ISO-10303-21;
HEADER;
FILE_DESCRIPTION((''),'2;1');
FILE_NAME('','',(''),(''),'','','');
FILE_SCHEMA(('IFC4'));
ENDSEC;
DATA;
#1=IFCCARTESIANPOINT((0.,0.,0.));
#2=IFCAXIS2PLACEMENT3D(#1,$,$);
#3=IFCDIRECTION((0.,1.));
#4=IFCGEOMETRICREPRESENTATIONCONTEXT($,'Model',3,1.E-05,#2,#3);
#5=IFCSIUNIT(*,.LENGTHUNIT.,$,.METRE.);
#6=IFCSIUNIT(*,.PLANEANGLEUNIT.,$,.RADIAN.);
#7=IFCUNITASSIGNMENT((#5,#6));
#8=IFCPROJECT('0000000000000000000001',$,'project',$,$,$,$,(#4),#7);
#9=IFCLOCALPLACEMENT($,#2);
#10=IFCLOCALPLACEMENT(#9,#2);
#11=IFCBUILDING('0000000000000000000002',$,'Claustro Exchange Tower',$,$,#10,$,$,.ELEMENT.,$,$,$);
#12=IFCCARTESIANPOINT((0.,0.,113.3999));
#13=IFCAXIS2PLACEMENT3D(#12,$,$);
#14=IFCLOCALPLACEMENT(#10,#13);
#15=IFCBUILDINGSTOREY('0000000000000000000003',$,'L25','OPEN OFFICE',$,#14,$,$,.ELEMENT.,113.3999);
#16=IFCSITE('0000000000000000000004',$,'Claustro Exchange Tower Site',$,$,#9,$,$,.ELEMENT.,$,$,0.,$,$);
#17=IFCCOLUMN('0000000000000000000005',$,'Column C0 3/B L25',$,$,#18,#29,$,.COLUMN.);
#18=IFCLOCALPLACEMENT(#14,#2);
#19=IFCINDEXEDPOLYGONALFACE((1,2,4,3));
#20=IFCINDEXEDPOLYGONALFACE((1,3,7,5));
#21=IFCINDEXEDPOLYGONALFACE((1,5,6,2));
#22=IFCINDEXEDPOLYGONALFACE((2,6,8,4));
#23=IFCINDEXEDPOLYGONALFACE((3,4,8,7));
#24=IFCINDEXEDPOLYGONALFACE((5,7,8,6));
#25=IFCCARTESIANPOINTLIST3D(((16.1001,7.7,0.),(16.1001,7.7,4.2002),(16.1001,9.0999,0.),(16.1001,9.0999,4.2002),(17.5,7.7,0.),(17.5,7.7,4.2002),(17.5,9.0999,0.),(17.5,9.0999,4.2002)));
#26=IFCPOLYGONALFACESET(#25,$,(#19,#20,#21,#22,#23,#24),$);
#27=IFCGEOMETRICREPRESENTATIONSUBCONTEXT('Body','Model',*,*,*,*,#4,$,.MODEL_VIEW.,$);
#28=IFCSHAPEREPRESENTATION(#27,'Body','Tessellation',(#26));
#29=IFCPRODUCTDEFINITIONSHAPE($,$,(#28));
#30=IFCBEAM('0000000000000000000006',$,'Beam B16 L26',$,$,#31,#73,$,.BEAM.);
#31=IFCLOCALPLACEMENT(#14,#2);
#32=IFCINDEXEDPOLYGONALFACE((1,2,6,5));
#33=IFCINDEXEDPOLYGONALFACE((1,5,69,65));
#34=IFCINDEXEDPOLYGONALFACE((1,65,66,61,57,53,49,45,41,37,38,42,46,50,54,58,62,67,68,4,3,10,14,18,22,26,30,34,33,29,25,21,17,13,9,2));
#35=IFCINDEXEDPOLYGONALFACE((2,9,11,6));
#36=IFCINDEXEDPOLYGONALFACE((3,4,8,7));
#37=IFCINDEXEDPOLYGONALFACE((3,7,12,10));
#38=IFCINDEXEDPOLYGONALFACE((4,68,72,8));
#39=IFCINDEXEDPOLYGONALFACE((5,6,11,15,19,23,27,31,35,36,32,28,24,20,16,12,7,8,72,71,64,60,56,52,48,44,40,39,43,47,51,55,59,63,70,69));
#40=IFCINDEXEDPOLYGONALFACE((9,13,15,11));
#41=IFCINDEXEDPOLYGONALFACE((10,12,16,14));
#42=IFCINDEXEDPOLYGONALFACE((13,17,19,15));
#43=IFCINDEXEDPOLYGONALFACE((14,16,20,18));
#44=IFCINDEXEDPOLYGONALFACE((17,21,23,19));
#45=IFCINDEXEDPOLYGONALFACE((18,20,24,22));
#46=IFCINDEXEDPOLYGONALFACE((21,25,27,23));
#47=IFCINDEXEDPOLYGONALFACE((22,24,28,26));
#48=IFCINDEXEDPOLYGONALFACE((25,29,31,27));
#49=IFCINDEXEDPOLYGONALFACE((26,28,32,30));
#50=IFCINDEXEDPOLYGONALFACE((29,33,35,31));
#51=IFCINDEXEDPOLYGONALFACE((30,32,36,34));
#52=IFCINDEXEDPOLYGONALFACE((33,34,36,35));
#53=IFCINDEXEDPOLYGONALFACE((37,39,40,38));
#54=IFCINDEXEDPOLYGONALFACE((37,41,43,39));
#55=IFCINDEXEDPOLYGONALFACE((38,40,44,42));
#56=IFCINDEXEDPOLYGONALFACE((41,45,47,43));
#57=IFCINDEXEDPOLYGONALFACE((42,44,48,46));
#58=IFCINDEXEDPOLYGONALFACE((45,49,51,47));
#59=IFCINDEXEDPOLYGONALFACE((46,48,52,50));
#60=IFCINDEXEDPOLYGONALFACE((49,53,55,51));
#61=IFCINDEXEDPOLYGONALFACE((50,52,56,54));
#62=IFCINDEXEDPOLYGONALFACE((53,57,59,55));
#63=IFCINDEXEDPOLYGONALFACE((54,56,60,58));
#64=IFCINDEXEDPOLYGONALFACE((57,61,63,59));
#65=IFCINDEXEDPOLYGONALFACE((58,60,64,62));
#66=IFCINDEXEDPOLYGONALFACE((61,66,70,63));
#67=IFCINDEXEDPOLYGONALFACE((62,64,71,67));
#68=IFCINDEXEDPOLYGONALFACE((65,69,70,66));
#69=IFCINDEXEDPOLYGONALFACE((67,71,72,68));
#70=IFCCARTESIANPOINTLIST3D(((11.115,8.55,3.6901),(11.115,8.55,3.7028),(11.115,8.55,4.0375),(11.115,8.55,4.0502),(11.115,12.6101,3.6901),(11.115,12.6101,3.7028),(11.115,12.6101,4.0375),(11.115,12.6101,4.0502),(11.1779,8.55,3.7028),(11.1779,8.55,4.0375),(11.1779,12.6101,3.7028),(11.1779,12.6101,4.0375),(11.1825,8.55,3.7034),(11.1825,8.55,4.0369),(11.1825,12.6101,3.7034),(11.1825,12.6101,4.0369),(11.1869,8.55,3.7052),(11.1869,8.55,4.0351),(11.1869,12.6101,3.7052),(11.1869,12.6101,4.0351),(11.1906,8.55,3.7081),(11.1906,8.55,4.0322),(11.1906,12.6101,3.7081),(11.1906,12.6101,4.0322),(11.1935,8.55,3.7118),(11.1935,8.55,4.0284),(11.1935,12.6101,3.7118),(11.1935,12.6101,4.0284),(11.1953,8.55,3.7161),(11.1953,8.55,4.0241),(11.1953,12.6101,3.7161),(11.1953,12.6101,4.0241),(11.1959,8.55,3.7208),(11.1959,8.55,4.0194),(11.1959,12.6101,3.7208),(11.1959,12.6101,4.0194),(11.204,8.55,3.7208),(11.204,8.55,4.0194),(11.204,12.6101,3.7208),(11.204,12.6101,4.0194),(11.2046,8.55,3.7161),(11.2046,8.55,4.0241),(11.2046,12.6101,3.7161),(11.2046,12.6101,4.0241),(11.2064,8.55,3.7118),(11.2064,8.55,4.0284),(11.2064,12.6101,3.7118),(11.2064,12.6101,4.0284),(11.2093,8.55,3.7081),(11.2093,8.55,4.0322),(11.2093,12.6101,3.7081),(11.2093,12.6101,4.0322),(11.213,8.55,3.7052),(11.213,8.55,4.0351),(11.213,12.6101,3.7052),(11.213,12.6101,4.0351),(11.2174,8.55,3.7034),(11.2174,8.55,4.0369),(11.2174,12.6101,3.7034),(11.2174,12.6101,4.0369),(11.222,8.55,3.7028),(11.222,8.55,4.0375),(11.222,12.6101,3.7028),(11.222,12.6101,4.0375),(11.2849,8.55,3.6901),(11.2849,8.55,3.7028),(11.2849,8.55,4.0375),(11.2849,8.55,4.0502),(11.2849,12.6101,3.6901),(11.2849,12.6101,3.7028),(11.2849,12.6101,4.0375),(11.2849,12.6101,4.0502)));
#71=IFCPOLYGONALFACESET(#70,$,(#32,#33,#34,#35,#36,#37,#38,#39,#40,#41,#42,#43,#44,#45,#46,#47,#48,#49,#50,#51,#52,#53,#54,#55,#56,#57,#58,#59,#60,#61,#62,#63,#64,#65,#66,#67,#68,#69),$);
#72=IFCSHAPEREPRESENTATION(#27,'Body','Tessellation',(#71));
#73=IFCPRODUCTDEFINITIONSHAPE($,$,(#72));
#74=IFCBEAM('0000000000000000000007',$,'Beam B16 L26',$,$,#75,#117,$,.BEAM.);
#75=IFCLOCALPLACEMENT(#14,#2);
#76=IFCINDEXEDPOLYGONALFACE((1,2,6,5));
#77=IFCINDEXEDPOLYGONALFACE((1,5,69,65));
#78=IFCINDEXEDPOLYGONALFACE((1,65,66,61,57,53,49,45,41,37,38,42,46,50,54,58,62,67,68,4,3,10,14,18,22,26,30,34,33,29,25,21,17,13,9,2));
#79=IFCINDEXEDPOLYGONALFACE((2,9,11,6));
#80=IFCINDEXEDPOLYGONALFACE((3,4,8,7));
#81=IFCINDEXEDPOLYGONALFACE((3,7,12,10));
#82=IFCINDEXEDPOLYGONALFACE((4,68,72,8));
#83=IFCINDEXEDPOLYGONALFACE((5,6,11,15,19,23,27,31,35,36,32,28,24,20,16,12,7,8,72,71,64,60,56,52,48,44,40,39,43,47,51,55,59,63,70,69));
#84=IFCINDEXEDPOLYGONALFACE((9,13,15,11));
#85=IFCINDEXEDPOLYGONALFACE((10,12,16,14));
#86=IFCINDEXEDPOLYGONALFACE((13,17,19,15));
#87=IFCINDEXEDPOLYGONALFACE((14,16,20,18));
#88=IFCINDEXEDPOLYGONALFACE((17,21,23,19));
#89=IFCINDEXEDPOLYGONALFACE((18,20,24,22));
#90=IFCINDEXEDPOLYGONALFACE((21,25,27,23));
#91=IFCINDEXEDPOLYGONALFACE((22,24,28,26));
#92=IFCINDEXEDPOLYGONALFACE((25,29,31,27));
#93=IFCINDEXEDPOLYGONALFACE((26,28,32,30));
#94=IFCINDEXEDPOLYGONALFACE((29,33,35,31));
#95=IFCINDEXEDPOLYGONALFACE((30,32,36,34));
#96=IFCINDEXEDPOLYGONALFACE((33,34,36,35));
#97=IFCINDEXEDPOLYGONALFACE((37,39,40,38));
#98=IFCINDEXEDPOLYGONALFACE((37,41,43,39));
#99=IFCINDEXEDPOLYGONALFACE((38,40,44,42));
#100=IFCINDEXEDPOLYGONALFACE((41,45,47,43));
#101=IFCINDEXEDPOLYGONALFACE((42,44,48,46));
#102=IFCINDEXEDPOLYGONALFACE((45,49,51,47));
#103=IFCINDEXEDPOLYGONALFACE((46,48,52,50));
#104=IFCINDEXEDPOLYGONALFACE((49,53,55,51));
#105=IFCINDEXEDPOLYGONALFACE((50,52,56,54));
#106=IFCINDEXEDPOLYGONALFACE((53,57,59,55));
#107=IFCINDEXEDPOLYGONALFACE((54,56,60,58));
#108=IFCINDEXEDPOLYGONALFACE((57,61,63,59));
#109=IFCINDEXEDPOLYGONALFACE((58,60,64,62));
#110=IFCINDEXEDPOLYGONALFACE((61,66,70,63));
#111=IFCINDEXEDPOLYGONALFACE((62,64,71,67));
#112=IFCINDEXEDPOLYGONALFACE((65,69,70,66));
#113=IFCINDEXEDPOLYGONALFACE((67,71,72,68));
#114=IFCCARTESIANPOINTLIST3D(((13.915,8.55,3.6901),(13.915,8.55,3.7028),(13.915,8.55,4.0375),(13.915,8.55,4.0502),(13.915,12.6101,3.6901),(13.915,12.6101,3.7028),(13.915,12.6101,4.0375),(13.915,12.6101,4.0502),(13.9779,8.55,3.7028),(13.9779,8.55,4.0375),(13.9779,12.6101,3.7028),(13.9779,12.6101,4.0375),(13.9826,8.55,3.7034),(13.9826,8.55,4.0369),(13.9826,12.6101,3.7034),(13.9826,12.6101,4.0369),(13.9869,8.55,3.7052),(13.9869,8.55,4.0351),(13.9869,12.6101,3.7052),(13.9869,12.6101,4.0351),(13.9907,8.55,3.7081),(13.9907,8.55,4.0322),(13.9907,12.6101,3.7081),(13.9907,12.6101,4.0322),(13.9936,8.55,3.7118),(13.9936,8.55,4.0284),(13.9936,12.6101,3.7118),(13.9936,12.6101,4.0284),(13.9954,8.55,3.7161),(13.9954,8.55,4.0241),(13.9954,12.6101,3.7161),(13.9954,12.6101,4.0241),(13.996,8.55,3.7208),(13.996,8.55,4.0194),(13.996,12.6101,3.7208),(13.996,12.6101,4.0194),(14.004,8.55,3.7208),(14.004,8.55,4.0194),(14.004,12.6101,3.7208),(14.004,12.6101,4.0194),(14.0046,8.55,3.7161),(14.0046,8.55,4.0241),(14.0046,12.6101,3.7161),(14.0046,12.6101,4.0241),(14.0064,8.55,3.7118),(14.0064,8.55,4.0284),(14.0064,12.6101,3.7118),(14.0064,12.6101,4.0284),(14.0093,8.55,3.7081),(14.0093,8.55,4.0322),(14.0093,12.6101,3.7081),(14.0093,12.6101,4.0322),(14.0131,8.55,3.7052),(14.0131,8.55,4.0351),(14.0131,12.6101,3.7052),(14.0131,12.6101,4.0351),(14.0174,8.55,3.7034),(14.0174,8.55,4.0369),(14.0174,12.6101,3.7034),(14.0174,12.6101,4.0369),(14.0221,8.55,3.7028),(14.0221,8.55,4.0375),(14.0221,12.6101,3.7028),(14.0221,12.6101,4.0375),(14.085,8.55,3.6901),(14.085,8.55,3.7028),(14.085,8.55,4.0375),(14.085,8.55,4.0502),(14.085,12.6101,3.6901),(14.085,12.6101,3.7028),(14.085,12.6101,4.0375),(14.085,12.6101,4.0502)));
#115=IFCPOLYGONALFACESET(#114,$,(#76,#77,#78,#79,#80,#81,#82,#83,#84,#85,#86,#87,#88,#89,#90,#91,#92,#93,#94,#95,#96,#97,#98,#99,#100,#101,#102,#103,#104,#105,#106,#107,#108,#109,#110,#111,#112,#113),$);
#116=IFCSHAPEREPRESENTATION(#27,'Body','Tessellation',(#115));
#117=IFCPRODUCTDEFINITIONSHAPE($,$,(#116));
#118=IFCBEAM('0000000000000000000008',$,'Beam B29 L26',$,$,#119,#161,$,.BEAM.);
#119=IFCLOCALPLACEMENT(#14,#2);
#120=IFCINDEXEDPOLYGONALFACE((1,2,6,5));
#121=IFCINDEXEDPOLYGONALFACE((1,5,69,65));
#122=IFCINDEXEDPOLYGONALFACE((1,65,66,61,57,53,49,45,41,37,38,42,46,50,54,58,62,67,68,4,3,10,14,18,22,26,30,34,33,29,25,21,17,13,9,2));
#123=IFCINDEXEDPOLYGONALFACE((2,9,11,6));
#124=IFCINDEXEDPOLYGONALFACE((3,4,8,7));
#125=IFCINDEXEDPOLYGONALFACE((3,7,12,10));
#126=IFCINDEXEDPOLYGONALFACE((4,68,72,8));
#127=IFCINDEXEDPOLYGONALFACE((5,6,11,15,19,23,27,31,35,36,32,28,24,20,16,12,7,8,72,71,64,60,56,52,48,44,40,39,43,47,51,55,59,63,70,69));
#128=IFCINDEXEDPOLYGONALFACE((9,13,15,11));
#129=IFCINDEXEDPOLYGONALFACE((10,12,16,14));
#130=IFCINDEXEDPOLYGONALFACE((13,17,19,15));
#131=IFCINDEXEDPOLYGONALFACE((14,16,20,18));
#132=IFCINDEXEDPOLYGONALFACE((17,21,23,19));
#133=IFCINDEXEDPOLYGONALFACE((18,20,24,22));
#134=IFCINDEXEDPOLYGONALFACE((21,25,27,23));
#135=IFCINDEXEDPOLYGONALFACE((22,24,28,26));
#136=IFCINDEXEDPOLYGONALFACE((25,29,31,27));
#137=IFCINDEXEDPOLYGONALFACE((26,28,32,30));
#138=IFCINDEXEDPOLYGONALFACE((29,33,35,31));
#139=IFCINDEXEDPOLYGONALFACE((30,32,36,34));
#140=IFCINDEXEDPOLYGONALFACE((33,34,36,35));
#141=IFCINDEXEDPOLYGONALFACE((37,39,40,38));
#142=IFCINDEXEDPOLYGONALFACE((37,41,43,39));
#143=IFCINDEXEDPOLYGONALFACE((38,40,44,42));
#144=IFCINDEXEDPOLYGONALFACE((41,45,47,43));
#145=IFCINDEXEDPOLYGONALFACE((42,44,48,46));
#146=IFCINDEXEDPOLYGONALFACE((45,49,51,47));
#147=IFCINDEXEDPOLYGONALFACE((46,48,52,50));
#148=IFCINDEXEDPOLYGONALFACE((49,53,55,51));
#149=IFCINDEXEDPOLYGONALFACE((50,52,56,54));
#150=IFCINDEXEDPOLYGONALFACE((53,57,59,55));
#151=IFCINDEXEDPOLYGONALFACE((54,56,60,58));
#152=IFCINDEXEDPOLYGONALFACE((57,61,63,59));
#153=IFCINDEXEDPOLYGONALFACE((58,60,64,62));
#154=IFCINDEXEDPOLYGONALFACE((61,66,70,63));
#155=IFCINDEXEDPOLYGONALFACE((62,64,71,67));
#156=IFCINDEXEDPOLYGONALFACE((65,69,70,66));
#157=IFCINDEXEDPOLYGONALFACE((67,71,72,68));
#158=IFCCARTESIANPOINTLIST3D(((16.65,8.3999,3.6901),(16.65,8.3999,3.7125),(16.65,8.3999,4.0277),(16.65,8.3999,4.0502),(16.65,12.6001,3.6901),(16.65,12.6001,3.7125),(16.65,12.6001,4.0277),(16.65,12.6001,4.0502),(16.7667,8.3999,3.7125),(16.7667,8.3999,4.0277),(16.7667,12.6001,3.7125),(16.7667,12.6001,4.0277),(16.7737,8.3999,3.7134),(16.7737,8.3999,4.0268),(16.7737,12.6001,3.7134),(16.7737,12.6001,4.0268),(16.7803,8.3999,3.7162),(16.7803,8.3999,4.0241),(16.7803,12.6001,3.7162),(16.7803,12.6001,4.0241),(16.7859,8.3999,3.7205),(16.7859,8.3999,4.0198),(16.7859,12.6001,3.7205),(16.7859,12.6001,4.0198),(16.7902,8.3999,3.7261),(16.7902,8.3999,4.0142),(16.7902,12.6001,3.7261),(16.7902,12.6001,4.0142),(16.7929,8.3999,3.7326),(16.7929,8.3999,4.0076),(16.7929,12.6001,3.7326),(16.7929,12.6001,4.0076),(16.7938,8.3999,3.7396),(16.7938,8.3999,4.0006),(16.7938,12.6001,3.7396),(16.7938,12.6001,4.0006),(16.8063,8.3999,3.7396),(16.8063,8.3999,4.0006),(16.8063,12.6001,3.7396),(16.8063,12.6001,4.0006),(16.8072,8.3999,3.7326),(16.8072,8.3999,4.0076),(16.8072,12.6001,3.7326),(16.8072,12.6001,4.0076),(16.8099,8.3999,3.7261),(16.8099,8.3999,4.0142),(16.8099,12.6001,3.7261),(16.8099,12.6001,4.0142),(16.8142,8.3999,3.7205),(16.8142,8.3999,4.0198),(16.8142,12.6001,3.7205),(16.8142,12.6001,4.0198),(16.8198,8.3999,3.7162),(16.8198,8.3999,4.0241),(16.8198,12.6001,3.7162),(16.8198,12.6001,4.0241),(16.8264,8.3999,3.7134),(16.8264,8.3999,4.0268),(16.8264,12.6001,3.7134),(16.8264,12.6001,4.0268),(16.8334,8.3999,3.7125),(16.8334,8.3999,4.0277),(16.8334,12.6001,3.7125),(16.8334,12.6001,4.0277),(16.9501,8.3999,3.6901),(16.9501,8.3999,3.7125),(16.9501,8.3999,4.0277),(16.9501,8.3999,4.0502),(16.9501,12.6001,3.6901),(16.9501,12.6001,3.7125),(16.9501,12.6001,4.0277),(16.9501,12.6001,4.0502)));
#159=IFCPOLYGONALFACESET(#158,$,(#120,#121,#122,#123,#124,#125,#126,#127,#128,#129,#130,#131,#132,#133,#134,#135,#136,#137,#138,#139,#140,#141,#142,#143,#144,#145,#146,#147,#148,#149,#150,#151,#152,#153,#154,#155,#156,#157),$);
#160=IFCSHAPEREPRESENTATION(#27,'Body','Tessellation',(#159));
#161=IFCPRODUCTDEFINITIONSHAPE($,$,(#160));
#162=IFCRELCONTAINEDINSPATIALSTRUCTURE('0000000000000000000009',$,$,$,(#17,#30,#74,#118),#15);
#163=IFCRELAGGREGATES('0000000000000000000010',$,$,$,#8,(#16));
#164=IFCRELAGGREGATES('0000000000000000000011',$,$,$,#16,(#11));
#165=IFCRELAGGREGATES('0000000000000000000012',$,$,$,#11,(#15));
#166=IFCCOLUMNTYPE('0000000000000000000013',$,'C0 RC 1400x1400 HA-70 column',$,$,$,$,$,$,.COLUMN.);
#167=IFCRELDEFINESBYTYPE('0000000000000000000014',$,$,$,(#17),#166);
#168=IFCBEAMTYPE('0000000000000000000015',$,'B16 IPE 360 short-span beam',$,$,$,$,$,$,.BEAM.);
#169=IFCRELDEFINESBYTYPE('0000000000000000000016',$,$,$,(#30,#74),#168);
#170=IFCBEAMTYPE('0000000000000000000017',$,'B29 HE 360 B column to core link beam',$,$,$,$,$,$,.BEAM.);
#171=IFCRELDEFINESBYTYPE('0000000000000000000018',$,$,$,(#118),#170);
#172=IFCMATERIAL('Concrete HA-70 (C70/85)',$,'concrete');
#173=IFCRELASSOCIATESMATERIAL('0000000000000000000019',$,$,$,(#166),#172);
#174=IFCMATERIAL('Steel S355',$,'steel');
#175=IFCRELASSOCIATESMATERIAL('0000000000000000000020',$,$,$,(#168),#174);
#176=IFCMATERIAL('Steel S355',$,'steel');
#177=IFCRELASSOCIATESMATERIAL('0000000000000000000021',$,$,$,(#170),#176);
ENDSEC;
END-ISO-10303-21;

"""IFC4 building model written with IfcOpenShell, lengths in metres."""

from ifc_helpers import new_model, si_unit, direction, frame, origin, origin_2d, place, context, subcontext, project, spatial, rectangle, i_section, extrude, material, material_profile, profile_set, type_object, element, save


model = new_model("IFC4")

# Units and contexts
model_context = context("Model", 3, precision=1e-05, world=origin(), true_north=direction((0.0, 1.0)))
body_context = subcontext(model_context, "Body", "Model", "MODEL_VIEW")
ifc_project = project(units=[si_unit("LENGTHUNIT", "METRE"), si_unit("PLANEANGLEUNIT", "RADIAN")], contexts=[model_context])

# Site, building, storey
site_placement = place(None, origin())
site = spatial("IfcSite", under=ifc_project, at=site_placement, Name="Claustro Exchange Tower Site", CompositionType="ELEMENT", RefElevation=0.0)
building_placement = place(site_placement, origin())
building = spatial("IfcBuilding", under=site, at=building_placement, Name="Claustro Exchange Tower", CompositionType="ELEMENT")
storey_placement = place(building_placement, frame((0.0, 0.0, 113.3999)))
storey = spatial("IfcBuildingStorey", under=building, at=storey_placement, Name="L25", Description="OPEN OFFICE", CompositionType="ELEMENT", Elevation=113.3999)

# Column
ifc_material_1 = material(Name="Concrete HA-70 (C70/85)", Category="concrete")
ifc_material_profile_1 = material_profile(ifc_material_1, rectangle(XDim=1.3999, YDim=1.3999, at=origin_2d()), Name="RC 1400x1400")
ifc_profile_set_1 = profile_set([ifc_material_profile_1], Name="Concrete HA-70 (C70/85)")
column_type = type_object("IfcColumnType", Name="C0 RC 1400x1400 HA-70 column", PredefinedType="COLUMN", material=ifc_profile_set_1)
column_placement = place(storey_placement, frame((16.8, 8.3999, 0.0), z_axis=(0.0, 0.0, 1.0), x_axis=(1.0, 0.0, 0.0)))
element("IfcColumn", 1, at=column_placement, inside=storey, type_object=column_type, Name="Column C0 3/B L25", PredefinedType="COLUMN", context=body_context, shape_type="SweptSolid", body=[
    extrude(rectangle(XDim=1.3999, YDim=1.3999, at=origin_2d()), origin(), (0.0, 0.0, 1.0), 4.2002),
])

# Beams
ifc_material_2 = material(Name="Steel S355", Category="steel")
ifc_material_profile_2 = material_profile(ifc_material_2, i_section(OverallWidth=0.1699, OverallDepth=0.3601, WebThickness=0.0081, FlangeThickness=0.0127, FilletRadius=0.0181, at=origin_2d()), Name="IPE 360")
ifc_profile_set_2 = profile_set([ifc_material_profile_2], Name="Steel S355")
beam_type_1 = type_object("IfcBeamType", Name="B16 IPE 360 short-span beam", PredefinedType="BEAM", material=ifc_profile_set_2)
for number, where, z_axis, x_axis, name in (
    (2, (11.2, 8.55, 3.8701), (0.0, 1.0, 0.0), (-1.0, 0.0, 0.0), "Beam B16 L26"),
    (3, (14.0, 8.55, 3.8701), (0.0, 1.0, 0.0), (-1.0, 0.0, 0.0), "Beam B16 L26"),
):
    element("IfcBeam", number, at=place(storey_placement, frame(where, z_axis=z_axis, x_axis=x_axis)), inside=storey, type_object=beam_type_1, Name=name, PredefinedType="BEAM", context=body_context, shape_type="SweptSolid", body=[
        extrude(i_section(OverallWidth=0.1699, OverallDepth=0.3601, WebThickness=0.0081, FlangeThickness=0.0127, FilletRadius=0.0181, at=origin_2d()), origin(), (0.0, 0.0, 1.0), 4.0601),
    ])
ifc_material_3 = material(Name="Steel S355", Category="steel")
ifc_material_profile_3 = material_profile(ifc_material_3, i_section(OverallWidth=0.3, OverallDepth=0.3601, WebThickness=0.0125, FlangeThickness=0.0225, FilletRadius=0.0271, at=origin_2d()), Name="HE 360 B")
ifc_profile_set_3 = profile_set([ifc_material_profile_3], Name="Steel S355")
beam_type_2 = type_object("IfcBeamType", Name="B29 HE 360 B column to core link beam", PredefinedType="BEAM", material=ifc_profile_set_3)
beam_1_placement = place(storey_placement, frame((16.8, 8.3999, 3.8701), z_axis=(0.0, 1.0, 0.0), x_axis=(-1.0, 0.0, 0.0)))
element("IfcBeam", 4, at=beam_1_placement, inside=storey, type_object=beam_type_2, Name="Beam B29 L26", PredefinedType="BEAM", context=body_context, shape_type="SweptSolid", body=[
    extrude(i_section(OverallWidth=0.3, OverallDepth=0.3601, WebThickness=0.0125, FlangeThickness=0.0225, FilletRadius=0.0271, at=origin_2d()), origin(), (0.0, 0.0, 1.0), 4.2002),
])

save(model, "model.ifc")
